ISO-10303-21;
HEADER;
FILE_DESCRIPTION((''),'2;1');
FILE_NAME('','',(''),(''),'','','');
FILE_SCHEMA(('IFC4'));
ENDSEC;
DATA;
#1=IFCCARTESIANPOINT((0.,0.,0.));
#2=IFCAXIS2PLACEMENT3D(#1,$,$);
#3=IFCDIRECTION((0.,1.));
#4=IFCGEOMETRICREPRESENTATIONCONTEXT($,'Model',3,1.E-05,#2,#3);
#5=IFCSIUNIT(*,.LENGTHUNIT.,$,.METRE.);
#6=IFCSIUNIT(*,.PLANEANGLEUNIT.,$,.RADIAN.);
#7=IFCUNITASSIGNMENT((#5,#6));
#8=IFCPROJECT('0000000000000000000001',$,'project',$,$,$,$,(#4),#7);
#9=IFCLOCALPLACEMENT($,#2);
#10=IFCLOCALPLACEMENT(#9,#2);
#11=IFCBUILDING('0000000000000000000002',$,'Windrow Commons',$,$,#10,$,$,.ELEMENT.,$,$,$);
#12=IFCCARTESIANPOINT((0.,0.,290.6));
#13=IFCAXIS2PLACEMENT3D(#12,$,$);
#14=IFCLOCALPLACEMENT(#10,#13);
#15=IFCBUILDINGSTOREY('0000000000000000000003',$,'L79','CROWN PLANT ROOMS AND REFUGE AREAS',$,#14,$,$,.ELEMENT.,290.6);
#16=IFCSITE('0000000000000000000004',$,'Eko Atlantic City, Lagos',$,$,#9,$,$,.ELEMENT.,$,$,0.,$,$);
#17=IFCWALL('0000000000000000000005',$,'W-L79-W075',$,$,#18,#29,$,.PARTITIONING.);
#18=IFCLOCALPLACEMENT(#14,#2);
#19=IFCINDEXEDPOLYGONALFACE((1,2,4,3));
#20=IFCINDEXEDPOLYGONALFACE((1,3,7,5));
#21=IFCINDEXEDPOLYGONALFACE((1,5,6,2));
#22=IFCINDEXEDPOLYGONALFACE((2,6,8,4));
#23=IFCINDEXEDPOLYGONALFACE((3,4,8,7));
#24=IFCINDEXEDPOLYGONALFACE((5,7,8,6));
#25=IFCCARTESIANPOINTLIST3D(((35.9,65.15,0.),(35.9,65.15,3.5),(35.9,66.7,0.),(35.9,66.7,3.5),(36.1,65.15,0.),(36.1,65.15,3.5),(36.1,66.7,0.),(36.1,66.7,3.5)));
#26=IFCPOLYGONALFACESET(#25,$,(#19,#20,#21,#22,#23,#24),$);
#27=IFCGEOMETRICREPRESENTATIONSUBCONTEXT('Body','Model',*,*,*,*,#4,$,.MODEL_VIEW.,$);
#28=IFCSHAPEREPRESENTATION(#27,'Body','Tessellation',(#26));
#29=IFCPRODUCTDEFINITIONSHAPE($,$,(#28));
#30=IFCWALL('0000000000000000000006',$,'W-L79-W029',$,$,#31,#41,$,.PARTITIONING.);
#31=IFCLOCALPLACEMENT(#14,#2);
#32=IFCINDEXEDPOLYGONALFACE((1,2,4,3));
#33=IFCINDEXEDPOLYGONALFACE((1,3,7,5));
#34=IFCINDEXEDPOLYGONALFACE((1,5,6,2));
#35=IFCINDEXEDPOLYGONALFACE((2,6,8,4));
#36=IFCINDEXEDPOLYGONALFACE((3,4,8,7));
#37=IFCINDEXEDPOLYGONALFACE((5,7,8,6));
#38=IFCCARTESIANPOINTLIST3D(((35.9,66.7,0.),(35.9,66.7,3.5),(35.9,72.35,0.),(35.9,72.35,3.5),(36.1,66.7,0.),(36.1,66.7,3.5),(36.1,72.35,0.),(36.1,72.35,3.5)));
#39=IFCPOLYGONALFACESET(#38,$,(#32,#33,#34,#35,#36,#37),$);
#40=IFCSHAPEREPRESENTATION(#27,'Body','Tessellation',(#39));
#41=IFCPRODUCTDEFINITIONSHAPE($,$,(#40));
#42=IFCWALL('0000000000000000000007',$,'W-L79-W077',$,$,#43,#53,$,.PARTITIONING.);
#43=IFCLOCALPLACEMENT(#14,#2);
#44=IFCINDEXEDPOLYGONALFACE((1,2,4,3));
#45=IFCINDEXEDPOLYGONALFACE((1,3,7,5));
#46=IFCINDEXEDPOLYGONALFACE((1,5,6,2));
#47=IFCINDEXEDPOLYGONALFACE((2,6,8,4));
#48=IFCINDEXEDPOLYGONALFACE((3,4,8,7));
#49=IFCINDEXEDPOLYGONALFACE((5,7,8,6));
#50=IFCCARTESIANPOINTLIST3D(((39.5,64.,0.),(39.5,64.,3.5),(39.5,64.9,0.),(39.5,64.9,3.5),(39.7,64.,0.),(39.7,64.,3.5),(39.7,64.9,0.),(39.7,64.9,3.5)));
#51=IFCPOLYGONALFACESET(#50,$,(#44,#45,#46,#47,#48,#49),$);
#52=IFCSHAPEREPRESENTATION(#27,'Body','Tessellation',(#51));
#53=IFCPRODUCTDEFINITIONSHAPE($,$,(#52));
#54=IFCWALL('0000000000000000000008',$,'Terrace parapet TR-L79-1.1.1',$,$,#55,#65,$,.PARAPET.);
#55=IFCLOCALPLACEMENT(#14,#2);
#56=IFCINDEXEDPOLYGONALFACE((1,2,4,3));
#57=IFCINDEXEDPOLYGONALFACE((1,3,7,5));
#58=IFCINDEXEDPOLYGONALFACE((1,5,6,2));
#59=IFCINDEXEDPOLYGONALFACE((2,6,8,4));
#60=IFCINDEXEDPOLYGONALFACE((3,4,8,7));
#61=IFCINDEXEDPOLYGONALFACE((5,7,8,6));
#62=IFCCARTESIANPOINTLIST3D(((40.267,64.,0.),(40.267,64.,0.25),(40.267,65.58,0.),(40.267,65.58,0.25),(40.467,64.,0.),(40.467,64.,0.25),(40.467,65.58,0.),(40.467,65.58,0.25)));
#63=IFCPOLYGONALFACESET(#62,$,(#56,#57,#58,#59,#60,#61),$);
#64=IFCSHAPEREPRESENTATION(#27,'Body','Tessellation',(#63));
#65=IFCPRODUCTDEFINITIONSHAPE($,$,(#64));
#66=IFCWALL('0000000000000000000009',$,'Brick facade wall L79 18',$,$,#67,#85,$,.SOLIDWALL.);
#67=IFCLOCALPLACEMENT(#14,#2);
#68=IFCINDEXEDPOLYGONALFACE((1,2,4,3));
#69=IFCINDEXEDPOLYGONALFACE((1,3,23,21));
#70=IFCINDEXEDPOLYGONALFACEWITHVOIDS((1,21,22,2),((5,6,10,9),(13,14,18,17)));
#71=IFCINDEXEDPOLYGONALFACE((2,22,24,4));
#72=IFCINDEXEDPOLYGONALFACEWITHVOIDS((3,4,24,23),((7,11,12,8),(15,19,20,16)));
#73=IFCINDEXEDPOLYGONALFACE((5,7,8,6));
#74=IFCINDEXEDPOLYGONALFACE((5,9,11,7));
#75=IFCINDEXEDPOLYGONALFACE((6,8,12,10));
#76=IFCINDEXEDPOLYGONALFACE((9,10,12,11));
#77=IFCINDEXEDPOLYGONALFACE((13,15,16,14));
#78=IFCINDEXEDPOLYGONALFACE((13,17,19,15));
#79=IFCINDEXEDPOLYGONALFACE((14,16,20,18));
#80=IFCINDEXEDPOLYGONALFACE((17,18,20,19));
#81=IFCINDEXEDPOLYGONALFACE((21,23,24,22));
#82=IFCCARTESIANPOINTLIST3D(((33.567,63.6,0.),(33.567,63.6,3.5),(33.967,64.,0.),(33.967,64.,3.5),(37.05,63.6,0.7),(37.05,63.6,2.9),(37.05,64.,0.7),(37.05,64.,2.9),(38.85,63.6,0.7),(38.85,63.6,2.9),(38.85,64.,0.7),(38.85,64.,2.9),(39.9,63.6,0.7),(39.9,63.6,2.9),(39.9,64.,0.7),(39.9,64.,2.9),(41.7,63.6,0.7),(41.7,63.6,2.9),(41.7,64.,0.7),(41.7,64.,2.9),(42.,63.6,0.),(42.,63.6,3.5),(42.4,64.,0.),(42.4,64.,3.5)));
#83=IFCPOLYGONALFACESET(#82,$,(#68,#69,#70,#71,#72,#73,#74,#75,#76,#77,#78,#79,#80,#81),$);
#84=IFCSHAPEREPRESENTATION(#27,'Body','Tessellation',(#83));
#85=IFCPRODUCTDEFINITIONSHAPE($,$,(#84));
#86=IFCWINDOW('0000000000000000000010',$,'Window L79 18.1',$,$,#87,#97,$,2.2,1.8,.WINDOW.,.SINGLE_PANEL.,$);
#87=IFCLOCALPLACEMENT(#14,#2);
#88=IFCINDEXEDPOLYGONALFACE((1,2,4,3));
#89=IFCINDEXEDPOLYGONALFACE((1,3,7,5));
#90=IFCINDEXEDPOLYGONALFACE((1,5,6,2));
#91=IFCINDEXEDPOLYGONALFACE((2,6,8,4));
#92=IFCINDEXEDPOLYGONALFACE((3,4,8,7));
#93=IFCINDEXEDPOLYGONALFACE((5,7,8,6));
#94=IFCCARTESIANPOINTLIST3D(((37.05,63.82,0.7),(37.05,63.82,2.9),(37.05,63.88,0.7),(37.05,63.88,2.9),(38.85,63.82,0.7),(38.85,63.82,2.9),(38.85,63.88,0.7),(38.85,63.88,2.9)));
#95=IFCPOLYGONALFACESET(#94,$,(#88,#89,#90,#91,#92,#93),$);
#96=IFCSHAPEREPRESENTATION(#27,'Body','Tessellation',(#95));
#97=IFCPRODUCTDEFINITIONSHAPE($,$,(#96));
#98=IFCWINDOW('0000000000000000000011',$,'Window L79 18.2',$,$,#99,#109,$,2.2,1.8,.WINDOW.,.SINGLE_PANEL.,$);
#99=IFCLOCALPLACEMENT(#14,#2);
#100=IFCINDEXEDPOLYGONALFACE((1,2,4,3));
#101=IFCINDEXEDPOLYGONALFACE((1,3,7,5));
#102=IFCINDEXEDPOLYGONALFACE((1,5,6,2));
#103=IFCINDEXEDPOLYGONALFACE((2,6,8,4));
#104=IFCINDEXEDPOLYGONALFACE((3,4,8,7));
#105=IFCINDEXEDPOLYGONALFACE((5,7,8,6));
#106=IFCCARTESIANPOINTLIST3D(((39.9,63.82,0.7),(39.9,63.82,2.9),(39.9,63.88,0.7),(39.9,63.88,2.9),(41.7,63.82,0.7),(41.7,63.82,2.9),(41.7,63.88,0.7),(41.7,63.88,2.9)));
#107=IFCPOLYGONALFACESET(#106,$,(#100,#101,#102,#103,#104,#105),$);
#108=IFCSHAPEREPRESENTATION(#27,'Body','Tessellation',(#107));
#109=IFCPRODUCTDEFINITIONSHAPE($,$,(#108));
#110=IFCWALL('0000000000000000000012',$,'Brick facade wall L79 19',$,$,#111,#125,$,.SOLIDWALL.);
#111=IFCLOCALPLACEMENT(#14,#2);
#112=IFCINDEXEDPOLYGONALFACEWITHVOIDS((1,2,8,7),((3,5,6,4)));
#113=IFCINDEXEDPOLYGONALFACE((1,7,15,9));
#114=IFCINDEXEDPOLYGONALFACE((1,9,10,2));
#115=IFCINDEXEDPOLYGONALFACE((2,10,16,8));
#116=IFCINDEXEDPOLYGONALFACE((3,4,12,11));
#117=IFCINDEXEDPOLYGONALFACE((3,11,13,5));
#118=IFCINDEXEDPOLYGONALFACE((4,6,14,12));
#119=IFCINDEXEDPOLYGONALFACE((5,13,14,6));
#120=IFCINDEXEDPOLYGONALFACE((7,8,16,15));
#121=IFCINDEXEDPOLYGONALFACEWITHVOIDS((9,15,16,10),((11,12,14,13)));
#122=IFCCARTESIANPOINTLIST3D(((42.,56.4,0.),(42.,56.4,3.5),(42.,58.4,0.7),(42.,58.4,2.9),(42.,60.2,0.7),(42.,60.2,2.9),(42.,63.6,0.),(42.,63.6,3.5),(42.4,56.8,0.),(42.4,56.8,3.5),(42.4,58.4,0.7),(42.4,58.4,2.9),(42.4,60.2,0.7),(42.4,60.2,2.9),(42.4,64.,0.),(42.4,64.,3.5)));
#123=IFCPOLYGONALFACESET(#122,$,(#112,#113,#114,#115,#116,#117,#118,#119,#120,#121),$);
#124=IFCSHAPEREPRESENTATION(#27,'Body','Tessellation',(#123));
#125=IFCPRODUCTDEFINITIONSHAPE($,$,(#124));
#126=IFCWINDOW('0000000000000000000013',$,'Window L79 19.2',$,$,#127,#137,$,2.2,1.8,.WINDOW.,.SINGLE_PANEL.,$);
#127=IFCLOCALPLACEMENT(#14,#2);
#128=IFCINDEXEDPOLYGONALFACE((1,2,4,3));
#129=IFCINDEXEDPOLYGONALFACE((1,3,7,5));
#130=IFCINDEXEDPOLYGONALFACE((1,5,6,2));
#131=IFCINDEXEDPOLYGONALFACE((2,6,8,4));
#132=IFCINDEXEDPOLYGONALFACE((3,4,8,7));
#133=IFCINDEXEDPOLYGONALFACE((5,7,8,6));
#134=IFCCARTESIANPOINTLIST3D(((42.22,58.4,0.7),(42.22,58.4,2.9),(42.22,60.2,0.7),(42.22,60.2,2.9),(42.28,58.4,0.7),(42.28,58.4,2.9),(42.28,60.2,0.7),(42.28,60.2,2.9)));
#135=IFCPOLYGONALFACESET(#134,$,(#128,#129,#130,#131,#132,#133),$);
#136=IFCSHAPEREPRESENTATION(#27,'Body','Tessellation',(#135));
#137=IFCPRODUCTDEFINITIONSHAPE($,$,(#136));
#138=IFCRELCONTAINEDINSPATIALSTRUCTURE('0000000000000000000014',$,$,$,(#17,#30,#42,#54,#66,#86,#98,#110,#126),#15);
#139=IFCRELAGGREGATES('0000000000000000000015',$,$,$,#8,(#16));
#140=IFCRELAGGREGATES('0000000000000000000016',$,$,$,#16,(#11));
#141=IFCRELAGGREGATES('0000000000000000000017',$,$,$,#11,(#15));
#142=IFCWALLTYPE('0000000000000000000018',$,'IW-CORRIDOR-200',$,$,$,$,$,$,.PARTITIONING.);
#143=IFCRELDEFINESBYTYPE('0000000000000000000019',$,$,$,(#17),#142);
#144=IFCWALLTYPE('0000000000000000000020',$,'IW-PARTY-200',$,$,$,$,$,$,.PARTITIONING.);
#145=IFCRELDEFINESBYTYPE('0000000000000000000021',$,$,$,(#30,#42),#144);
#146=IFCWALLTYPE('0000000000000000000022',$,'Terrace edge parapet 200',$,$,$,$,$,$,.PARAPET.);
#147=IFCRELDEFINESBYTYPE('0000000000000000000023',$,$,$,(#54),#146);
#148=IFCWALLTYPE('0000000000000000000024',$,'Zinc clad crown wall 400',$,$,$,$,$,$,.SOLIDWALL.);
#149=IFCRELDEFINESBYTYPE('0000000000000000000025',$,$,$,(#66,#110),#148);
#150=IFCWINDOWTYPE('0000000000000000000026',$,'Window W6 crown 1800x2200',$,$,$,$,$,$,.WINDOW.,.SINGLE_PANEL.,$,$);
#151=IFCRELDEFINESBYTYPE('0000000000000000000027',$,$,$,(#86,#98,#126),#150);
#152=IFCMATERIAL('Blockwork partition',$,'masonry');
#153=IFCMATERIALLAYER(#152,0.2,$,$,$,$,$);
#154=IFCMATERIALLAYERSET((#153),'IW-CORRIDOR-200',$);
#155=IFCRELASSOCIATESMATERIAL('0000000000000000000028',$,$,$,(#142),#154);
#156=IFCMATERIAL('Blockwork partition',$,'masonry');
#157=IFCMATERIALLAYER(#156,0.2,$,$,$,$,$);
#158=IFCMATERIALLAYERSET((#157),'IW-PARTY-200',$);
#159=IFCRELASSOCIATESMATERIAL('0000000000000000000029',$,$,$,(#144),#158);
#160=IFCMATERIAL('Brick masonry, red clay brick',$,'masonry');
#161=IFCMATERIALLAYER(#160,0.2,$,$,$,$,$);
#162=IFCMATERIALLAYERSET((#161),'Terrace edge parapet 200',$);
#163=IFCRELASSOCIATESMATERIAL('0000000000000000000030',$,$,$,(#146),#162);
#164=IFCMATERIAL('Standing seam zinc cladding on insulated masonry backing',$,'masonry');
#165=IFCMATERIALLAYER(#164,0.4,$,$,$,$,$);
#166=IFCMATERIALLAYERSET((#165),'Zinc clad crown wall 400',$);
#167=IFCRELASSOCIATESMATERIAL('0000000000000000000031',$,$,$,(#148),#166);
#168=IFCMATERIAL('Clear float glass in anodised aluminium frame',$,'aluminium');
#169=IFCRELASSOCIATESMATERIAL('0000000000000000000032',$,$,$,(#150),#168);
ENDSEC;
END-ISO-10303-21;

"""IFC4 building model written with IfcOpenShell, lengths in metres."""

from ifc_helpers import new_model, si_unit, direction, frame, frame_2d, origin, place, context, subcontext, project, spatial, polyline, rectangle, outline, extrude, material, layer, layer_set, type_object, element, fill, save


model = new_model("IFC4")

# Units and contexts
model_context = context("Model", 3, precision=1e-05, world=origin(), true_north=direction((0.0, 1.0)))
body_context = subcontext(model_context, "Body", "Model", "MODEL_VIEW")
ifc_project = project(units=[si_unit("LENGTHUNIT", "METRE"), si_unit("PLANEANGLEUNIT", "RADIAN")], contexts=[model_context])

# Site, building, storey
site_placement = place(None, origin())
site = spatial("IfcSite", under=ifc_project, at=site_placement, Name="Eko Atlantic City, Lagos", CompositionType="ELEMENT", RefElevation=0.0)
building_placement = place(site_placement, origin())
building = spatial("IfcBuilding", under=site, at=building_placement, Name="Windrow Commons", CompositionType="ELEMENT")
storey_placement = place(building_placement, frame((0.0, 0.0, 290.6)))
storey = spatial("IfcBuildingStorey", under=building, at=storey_placement, Name="L79", Description="CROWN PLANT ROOMS AND REFUGE AREAS", CompositionType="ELEMENT", Elevation=290.6)

# Shared definitions
ifc_material_1 = material(Name="Blockwork partition", Category="masonry")
ifc_layer_1 = layer(ifc_material_1, 0.2)
ifc_layer_set_1 = layer_set([ifc_layer_1], Name="IW-CORRIDOR-200")
wall_type_1 = type_object("IfcWallType", Name="IW-CORRIDOR-200", PredefinedType="PARTITIONING", material=ifc_layer_set_1)

# Walls
wall_1_placement = place(storey_placement, frame((36.0, 65.15, 0.0), z_axis=(0.0, 0.0, 1.0), x_axis=(0.0, 1.0, 0.0)))
element("IfcWall", 1, at=wall_1_placement, inside=storey, type_object=wall_type_1, Name="W-L79-W075", PredefinedType="PARTITIONING", context=body_context, shape_type="SweptSolid", body=[
    extrude(rectangle(XDim=1.55, YDim=0.2, at=frame_2d((0.775, 0.0))), origin(), (0.0, 0.0, 1.0), 3.5),
])
ifc_material_2 = material(Name="Blockwork partition", Category="masonry")
ifc_layer_2 = layer(ifc_material_2, 0.2)
ifc_layer_set_2 = layer_set([ifc_layer_2], Name="IW-PARTY-200")
wall_type_2 = type_object("IfcWallType", Name="IW-PARTY-200", PredefinedType="PARTITIONING", material=ifc_layer_set_2)
wall_2_placement = place(storey_placement, frame((36.0, 66.7, 0.0), z_axis=(0.0, 0.0, 1.0), x_axis=(0.0, 1.0, 0.0)))
element("IfcWall", 2, at=wall_2_placement, inside=storey, type_object=wall_type_2, Name="W-L79-W029", PredefinedType="PARTITIONING", context=body_context, shape_type="SweptSolid", body=[
    extrude(rectangle(XDim=5.65, YDim=0.2, at=frame_2d((2.825, 0.0))), origin(), (0.0, 0.0, 1.0), 3.5),
])
wall_3_placement = place(storey_placement, frame((39.6, 64.0, 0.0), z_axis=(0.0, 0.0, 1.0), x_axis=(0.0, 1.0, 0.0)))
element("IfcWall", 3, at=wall_3_placement, inside=storey, type_object=wall_type_2, Name="W-L79-W077", PredefinedType="PARTITIONING", context=body_context, shape_type="SweptSolid", body=[
    extrude(outline(polyline([(0.0, -0.1), (0.9, -0.1), (0.9, 0.1), (0.0, 0.1), (0.0, -0.1)])), origin(), (0.0, 0.0, 1.0), 3.5),
])
ifc_material_3 = material(Name="Brick masonry, red clay brick", Category="masonry")
ifc_layer_3 = layer(ifc_material_3, 0.2)
ifc_layer_set_3 = layer_set([ifc_layer_3], Name="Terrace edge parapet 200")
wall_type_3 = type_object("IfcWallType", Name="Terrace edge parapet 200", PredefinedType="PARAPET", material=ifc_layer_set_3)
wall_4_placement = place(storey_placement, frame((40.367, 64.0, 0.0), z_axis=(0.0, 0.0, 1.0), x_axis=(0.0, 1.0, 0.0)))
element("IfcWall", 4, at=wall_4_placement, inside=storey, type_object=wall_type_3, Name="Terrace parapet TR-L79-1.1.1", PredefinedType="PARAPET", context=body_context, shape_type="SweptSolid", body=[
    extrude(outline(polyline([(0.0, -0.1), (1.58, -0.1), (1.58, 0.1), (0.0, 0.1), (0.0, -0.1)])), origin(), (0.0, 0.0, 1.0), 0.25),
])

# Wall, openings, windows
ifc_material_4 = material(Name="Standing seam zinc cladding on insulated masonry backing", Category="masonry")
ifc_layer_4 = layer(ifc_material_4, 0.4)
ifc_layer_set_4 = layer_set([ifc_layer_4], Name="Zinc clad crown wall 400")
wall_type_4 = type_object("IfcWallType", Name="Zinc clad crown wall 400", PredefinedType="SOLIDWALL", material=ifc_layer_set_4)
wall_5_placement = place(storey_placement, frame((33.767, 63.8, 0.0), z_axis=(0.0, 0.0, 1.0), x_axis=(1.0, 0.0, 0.0)))
wall_5 = element("IfcWall", 5, at=wall_5_placement, inside=storey, type_object=wall_type_4, Name="Brick facade wall L79 18", PredefinedType="SOLIDWALL", context=body_context, shape_type="SweptSolid", body=[
    extrude(outline(polyline([(-0.2, -0.2), (8.233, -0.2), (8.633, 0.2), (0.2, 0.2), (-0.2, -0.2)])), origin(), (0.0, 0.0, 1.0), 3.5),
])
opening_1_placement = place(wall_5_placement, frame((3.283, 0.0, 0.7)))
opening_1 = element("IfcOpeningElement", 6, at=opening_1_placement, cuts=wall_5, PredefinedType="OPENING", context=body_context, shape_type="SweptSolid", body=[
    extrude(rectangle(XDim=1.8, YDim=2.2, at=frame_2d((0.9, 1.1))), frame((0.0, 0.21, 0.0), z_axis=(0.0, -1.0, 0.0), x_axis=(1.0, 0.0, 0.0)), (0.0, 0.0, 1.0), 0.42),
])
opening_2_placement = place(wall_5_placement, frame((6.133, 0.0, 0.7)))
opening_2 = element("IfcOpeningElement", 7, at=opening_2_placement, cuts=wall_5, PredefinedType="OPENING", context=body_context, shape_type="SweptSolid", body=[
    extrude(rectangle(XDim=1.8, YDim=2.2, at=frame_2d((0.9, 1.1))), frame((0.0, 0.21, 0.0), z_axis=(0.0, -1.0, 0.0), x_axis=(1.0, 0.0, 0.0)), (0.0, 0.0, 1.0), 0.42),
])
ifc_material_5 = material(Name="Clear float glass in anodised aluminium frame", Category="aluminium")
window_type = type_object("IfcWindowType", Name="Window W6 crown 1800x2200", PartitioningType="SINGLE_PANEL", PredefinedType="WINDOW", material=ifc_material_5)
window_1_placement = place(opening_1_placement, origin())
window_1 = element("IfcWindow", 8, at=window_1_placement, inside=storey, type_object=window_type, Name="Window L79 18.1", OverallHeight=2.2, OverallWidth=1.8, PartitioningType="SINGLE_PANEL", PredefinedType="WINDOW", context=body_context, shape_type="SweptSolid", body=[
    extrude(rectangle(XDim=1.8, YDim=2.2, at=frame_2d((0.9, 1.1))), frame((0.0, 0.08, 0.0), z_axis=(0.0, -1.0, 0.0), x_axis=(1.0, 0.0, 0.0)), (0.0, 0.0, 1.0), 0.06),
])
fill(opening_1, window_1)
window_2_placement = place(opening_2_placement, origin())
window_2 = element("IfcWindow", 9, at=window_2_placement, inside=storey, type_object=window_type, Name="Window L79 18.2", OverallHeight=2.2, OverallWidth=1.8, PartitioningType="SINGLE_PANEL", PredefinedType="WINDOW", context=body_context, shape_type="SweptSolid", body=[
    extrude(rectangle(XDim=1.8, YDim=2.2, at=frame_2d((0.9, 1.1))), frame((0.0, 0.08, 0.0), z_axis=(0.0, -1.0, 0.0), x_axis=(1.0, 0.0, 0.0)), (0.0, 0.0, 1.0), 0.06),
])
fill(opening_2, window_2)

# Wall, opening, window
wall_6_placement = place(storey_placement, frame((42.2, 63.8, 0.0), z_axis=(0.0, 0.0, 1.0), x_axis=(0.0, -1.0, 0.0)))
wall_6 = element("IfcWall", 10, at=wall_6_placement, inside=storey, type_object=wall_type_4, Name="Brick facade wall L79 19", PredefinedType="SOLIDWALL", context=body_context, shape_type="SweptSolid", body=[
    extrude(outline(polyline([(0.2, -0.2), (7.4, -0.2), (7.0, 0.2), (-0.2, 0.2), (0.2, -0.2)])), origin(), (0.0, 0.0, 1.0), 3.5),
])
opening_3_placement = place(wall_6_placement, frame((3.6, 0.0, 0.7)))
opening_3 = element("IfcOpeningElement", 11, at=opening_3_placement, cuts=wall_6, PredefinedType="OPENING", context=body_context, shape_type="SweptSolid", body=[
    extrude(rectangle(XDim=1.8, YDim=2.2, at=frame_2d((0.9, 1.1))), frame((0.0, 0.21, 0.0), z_axis=(0.0, -1.0, 0.0), x_axis=(1.0, 0.0, 0.0)), (0.0, 0.0, 1.0), 0.42),
])
window_3_placement = place(opening_3_placement, origin())
window_3 = element("IfcWindow", 12, at=window_3_placement, inside=storey, type_object=window_type, Name="Window L79 19.2", OverallHeight=2.2, OverallWidth=1.8, PartitioningType="SINGLE_PANEL", PredefinedType="WINDOW", context=body_context, shape_type="SweptSolid", body=[
    extrude(rectangle(XDim=1.8, YDim=2.2, at=frame_2d((0.9, 1.1))), frame((0.0, 0.08, 0.0), z_axis=(0.0, -1.0, 0.0), x_axis=(1.0, 0.0, 0.0)), (0.0, 0.0, 1.0), 0.06),
])
fill(opening_3, window_3)

save(model, "model.ifc")
